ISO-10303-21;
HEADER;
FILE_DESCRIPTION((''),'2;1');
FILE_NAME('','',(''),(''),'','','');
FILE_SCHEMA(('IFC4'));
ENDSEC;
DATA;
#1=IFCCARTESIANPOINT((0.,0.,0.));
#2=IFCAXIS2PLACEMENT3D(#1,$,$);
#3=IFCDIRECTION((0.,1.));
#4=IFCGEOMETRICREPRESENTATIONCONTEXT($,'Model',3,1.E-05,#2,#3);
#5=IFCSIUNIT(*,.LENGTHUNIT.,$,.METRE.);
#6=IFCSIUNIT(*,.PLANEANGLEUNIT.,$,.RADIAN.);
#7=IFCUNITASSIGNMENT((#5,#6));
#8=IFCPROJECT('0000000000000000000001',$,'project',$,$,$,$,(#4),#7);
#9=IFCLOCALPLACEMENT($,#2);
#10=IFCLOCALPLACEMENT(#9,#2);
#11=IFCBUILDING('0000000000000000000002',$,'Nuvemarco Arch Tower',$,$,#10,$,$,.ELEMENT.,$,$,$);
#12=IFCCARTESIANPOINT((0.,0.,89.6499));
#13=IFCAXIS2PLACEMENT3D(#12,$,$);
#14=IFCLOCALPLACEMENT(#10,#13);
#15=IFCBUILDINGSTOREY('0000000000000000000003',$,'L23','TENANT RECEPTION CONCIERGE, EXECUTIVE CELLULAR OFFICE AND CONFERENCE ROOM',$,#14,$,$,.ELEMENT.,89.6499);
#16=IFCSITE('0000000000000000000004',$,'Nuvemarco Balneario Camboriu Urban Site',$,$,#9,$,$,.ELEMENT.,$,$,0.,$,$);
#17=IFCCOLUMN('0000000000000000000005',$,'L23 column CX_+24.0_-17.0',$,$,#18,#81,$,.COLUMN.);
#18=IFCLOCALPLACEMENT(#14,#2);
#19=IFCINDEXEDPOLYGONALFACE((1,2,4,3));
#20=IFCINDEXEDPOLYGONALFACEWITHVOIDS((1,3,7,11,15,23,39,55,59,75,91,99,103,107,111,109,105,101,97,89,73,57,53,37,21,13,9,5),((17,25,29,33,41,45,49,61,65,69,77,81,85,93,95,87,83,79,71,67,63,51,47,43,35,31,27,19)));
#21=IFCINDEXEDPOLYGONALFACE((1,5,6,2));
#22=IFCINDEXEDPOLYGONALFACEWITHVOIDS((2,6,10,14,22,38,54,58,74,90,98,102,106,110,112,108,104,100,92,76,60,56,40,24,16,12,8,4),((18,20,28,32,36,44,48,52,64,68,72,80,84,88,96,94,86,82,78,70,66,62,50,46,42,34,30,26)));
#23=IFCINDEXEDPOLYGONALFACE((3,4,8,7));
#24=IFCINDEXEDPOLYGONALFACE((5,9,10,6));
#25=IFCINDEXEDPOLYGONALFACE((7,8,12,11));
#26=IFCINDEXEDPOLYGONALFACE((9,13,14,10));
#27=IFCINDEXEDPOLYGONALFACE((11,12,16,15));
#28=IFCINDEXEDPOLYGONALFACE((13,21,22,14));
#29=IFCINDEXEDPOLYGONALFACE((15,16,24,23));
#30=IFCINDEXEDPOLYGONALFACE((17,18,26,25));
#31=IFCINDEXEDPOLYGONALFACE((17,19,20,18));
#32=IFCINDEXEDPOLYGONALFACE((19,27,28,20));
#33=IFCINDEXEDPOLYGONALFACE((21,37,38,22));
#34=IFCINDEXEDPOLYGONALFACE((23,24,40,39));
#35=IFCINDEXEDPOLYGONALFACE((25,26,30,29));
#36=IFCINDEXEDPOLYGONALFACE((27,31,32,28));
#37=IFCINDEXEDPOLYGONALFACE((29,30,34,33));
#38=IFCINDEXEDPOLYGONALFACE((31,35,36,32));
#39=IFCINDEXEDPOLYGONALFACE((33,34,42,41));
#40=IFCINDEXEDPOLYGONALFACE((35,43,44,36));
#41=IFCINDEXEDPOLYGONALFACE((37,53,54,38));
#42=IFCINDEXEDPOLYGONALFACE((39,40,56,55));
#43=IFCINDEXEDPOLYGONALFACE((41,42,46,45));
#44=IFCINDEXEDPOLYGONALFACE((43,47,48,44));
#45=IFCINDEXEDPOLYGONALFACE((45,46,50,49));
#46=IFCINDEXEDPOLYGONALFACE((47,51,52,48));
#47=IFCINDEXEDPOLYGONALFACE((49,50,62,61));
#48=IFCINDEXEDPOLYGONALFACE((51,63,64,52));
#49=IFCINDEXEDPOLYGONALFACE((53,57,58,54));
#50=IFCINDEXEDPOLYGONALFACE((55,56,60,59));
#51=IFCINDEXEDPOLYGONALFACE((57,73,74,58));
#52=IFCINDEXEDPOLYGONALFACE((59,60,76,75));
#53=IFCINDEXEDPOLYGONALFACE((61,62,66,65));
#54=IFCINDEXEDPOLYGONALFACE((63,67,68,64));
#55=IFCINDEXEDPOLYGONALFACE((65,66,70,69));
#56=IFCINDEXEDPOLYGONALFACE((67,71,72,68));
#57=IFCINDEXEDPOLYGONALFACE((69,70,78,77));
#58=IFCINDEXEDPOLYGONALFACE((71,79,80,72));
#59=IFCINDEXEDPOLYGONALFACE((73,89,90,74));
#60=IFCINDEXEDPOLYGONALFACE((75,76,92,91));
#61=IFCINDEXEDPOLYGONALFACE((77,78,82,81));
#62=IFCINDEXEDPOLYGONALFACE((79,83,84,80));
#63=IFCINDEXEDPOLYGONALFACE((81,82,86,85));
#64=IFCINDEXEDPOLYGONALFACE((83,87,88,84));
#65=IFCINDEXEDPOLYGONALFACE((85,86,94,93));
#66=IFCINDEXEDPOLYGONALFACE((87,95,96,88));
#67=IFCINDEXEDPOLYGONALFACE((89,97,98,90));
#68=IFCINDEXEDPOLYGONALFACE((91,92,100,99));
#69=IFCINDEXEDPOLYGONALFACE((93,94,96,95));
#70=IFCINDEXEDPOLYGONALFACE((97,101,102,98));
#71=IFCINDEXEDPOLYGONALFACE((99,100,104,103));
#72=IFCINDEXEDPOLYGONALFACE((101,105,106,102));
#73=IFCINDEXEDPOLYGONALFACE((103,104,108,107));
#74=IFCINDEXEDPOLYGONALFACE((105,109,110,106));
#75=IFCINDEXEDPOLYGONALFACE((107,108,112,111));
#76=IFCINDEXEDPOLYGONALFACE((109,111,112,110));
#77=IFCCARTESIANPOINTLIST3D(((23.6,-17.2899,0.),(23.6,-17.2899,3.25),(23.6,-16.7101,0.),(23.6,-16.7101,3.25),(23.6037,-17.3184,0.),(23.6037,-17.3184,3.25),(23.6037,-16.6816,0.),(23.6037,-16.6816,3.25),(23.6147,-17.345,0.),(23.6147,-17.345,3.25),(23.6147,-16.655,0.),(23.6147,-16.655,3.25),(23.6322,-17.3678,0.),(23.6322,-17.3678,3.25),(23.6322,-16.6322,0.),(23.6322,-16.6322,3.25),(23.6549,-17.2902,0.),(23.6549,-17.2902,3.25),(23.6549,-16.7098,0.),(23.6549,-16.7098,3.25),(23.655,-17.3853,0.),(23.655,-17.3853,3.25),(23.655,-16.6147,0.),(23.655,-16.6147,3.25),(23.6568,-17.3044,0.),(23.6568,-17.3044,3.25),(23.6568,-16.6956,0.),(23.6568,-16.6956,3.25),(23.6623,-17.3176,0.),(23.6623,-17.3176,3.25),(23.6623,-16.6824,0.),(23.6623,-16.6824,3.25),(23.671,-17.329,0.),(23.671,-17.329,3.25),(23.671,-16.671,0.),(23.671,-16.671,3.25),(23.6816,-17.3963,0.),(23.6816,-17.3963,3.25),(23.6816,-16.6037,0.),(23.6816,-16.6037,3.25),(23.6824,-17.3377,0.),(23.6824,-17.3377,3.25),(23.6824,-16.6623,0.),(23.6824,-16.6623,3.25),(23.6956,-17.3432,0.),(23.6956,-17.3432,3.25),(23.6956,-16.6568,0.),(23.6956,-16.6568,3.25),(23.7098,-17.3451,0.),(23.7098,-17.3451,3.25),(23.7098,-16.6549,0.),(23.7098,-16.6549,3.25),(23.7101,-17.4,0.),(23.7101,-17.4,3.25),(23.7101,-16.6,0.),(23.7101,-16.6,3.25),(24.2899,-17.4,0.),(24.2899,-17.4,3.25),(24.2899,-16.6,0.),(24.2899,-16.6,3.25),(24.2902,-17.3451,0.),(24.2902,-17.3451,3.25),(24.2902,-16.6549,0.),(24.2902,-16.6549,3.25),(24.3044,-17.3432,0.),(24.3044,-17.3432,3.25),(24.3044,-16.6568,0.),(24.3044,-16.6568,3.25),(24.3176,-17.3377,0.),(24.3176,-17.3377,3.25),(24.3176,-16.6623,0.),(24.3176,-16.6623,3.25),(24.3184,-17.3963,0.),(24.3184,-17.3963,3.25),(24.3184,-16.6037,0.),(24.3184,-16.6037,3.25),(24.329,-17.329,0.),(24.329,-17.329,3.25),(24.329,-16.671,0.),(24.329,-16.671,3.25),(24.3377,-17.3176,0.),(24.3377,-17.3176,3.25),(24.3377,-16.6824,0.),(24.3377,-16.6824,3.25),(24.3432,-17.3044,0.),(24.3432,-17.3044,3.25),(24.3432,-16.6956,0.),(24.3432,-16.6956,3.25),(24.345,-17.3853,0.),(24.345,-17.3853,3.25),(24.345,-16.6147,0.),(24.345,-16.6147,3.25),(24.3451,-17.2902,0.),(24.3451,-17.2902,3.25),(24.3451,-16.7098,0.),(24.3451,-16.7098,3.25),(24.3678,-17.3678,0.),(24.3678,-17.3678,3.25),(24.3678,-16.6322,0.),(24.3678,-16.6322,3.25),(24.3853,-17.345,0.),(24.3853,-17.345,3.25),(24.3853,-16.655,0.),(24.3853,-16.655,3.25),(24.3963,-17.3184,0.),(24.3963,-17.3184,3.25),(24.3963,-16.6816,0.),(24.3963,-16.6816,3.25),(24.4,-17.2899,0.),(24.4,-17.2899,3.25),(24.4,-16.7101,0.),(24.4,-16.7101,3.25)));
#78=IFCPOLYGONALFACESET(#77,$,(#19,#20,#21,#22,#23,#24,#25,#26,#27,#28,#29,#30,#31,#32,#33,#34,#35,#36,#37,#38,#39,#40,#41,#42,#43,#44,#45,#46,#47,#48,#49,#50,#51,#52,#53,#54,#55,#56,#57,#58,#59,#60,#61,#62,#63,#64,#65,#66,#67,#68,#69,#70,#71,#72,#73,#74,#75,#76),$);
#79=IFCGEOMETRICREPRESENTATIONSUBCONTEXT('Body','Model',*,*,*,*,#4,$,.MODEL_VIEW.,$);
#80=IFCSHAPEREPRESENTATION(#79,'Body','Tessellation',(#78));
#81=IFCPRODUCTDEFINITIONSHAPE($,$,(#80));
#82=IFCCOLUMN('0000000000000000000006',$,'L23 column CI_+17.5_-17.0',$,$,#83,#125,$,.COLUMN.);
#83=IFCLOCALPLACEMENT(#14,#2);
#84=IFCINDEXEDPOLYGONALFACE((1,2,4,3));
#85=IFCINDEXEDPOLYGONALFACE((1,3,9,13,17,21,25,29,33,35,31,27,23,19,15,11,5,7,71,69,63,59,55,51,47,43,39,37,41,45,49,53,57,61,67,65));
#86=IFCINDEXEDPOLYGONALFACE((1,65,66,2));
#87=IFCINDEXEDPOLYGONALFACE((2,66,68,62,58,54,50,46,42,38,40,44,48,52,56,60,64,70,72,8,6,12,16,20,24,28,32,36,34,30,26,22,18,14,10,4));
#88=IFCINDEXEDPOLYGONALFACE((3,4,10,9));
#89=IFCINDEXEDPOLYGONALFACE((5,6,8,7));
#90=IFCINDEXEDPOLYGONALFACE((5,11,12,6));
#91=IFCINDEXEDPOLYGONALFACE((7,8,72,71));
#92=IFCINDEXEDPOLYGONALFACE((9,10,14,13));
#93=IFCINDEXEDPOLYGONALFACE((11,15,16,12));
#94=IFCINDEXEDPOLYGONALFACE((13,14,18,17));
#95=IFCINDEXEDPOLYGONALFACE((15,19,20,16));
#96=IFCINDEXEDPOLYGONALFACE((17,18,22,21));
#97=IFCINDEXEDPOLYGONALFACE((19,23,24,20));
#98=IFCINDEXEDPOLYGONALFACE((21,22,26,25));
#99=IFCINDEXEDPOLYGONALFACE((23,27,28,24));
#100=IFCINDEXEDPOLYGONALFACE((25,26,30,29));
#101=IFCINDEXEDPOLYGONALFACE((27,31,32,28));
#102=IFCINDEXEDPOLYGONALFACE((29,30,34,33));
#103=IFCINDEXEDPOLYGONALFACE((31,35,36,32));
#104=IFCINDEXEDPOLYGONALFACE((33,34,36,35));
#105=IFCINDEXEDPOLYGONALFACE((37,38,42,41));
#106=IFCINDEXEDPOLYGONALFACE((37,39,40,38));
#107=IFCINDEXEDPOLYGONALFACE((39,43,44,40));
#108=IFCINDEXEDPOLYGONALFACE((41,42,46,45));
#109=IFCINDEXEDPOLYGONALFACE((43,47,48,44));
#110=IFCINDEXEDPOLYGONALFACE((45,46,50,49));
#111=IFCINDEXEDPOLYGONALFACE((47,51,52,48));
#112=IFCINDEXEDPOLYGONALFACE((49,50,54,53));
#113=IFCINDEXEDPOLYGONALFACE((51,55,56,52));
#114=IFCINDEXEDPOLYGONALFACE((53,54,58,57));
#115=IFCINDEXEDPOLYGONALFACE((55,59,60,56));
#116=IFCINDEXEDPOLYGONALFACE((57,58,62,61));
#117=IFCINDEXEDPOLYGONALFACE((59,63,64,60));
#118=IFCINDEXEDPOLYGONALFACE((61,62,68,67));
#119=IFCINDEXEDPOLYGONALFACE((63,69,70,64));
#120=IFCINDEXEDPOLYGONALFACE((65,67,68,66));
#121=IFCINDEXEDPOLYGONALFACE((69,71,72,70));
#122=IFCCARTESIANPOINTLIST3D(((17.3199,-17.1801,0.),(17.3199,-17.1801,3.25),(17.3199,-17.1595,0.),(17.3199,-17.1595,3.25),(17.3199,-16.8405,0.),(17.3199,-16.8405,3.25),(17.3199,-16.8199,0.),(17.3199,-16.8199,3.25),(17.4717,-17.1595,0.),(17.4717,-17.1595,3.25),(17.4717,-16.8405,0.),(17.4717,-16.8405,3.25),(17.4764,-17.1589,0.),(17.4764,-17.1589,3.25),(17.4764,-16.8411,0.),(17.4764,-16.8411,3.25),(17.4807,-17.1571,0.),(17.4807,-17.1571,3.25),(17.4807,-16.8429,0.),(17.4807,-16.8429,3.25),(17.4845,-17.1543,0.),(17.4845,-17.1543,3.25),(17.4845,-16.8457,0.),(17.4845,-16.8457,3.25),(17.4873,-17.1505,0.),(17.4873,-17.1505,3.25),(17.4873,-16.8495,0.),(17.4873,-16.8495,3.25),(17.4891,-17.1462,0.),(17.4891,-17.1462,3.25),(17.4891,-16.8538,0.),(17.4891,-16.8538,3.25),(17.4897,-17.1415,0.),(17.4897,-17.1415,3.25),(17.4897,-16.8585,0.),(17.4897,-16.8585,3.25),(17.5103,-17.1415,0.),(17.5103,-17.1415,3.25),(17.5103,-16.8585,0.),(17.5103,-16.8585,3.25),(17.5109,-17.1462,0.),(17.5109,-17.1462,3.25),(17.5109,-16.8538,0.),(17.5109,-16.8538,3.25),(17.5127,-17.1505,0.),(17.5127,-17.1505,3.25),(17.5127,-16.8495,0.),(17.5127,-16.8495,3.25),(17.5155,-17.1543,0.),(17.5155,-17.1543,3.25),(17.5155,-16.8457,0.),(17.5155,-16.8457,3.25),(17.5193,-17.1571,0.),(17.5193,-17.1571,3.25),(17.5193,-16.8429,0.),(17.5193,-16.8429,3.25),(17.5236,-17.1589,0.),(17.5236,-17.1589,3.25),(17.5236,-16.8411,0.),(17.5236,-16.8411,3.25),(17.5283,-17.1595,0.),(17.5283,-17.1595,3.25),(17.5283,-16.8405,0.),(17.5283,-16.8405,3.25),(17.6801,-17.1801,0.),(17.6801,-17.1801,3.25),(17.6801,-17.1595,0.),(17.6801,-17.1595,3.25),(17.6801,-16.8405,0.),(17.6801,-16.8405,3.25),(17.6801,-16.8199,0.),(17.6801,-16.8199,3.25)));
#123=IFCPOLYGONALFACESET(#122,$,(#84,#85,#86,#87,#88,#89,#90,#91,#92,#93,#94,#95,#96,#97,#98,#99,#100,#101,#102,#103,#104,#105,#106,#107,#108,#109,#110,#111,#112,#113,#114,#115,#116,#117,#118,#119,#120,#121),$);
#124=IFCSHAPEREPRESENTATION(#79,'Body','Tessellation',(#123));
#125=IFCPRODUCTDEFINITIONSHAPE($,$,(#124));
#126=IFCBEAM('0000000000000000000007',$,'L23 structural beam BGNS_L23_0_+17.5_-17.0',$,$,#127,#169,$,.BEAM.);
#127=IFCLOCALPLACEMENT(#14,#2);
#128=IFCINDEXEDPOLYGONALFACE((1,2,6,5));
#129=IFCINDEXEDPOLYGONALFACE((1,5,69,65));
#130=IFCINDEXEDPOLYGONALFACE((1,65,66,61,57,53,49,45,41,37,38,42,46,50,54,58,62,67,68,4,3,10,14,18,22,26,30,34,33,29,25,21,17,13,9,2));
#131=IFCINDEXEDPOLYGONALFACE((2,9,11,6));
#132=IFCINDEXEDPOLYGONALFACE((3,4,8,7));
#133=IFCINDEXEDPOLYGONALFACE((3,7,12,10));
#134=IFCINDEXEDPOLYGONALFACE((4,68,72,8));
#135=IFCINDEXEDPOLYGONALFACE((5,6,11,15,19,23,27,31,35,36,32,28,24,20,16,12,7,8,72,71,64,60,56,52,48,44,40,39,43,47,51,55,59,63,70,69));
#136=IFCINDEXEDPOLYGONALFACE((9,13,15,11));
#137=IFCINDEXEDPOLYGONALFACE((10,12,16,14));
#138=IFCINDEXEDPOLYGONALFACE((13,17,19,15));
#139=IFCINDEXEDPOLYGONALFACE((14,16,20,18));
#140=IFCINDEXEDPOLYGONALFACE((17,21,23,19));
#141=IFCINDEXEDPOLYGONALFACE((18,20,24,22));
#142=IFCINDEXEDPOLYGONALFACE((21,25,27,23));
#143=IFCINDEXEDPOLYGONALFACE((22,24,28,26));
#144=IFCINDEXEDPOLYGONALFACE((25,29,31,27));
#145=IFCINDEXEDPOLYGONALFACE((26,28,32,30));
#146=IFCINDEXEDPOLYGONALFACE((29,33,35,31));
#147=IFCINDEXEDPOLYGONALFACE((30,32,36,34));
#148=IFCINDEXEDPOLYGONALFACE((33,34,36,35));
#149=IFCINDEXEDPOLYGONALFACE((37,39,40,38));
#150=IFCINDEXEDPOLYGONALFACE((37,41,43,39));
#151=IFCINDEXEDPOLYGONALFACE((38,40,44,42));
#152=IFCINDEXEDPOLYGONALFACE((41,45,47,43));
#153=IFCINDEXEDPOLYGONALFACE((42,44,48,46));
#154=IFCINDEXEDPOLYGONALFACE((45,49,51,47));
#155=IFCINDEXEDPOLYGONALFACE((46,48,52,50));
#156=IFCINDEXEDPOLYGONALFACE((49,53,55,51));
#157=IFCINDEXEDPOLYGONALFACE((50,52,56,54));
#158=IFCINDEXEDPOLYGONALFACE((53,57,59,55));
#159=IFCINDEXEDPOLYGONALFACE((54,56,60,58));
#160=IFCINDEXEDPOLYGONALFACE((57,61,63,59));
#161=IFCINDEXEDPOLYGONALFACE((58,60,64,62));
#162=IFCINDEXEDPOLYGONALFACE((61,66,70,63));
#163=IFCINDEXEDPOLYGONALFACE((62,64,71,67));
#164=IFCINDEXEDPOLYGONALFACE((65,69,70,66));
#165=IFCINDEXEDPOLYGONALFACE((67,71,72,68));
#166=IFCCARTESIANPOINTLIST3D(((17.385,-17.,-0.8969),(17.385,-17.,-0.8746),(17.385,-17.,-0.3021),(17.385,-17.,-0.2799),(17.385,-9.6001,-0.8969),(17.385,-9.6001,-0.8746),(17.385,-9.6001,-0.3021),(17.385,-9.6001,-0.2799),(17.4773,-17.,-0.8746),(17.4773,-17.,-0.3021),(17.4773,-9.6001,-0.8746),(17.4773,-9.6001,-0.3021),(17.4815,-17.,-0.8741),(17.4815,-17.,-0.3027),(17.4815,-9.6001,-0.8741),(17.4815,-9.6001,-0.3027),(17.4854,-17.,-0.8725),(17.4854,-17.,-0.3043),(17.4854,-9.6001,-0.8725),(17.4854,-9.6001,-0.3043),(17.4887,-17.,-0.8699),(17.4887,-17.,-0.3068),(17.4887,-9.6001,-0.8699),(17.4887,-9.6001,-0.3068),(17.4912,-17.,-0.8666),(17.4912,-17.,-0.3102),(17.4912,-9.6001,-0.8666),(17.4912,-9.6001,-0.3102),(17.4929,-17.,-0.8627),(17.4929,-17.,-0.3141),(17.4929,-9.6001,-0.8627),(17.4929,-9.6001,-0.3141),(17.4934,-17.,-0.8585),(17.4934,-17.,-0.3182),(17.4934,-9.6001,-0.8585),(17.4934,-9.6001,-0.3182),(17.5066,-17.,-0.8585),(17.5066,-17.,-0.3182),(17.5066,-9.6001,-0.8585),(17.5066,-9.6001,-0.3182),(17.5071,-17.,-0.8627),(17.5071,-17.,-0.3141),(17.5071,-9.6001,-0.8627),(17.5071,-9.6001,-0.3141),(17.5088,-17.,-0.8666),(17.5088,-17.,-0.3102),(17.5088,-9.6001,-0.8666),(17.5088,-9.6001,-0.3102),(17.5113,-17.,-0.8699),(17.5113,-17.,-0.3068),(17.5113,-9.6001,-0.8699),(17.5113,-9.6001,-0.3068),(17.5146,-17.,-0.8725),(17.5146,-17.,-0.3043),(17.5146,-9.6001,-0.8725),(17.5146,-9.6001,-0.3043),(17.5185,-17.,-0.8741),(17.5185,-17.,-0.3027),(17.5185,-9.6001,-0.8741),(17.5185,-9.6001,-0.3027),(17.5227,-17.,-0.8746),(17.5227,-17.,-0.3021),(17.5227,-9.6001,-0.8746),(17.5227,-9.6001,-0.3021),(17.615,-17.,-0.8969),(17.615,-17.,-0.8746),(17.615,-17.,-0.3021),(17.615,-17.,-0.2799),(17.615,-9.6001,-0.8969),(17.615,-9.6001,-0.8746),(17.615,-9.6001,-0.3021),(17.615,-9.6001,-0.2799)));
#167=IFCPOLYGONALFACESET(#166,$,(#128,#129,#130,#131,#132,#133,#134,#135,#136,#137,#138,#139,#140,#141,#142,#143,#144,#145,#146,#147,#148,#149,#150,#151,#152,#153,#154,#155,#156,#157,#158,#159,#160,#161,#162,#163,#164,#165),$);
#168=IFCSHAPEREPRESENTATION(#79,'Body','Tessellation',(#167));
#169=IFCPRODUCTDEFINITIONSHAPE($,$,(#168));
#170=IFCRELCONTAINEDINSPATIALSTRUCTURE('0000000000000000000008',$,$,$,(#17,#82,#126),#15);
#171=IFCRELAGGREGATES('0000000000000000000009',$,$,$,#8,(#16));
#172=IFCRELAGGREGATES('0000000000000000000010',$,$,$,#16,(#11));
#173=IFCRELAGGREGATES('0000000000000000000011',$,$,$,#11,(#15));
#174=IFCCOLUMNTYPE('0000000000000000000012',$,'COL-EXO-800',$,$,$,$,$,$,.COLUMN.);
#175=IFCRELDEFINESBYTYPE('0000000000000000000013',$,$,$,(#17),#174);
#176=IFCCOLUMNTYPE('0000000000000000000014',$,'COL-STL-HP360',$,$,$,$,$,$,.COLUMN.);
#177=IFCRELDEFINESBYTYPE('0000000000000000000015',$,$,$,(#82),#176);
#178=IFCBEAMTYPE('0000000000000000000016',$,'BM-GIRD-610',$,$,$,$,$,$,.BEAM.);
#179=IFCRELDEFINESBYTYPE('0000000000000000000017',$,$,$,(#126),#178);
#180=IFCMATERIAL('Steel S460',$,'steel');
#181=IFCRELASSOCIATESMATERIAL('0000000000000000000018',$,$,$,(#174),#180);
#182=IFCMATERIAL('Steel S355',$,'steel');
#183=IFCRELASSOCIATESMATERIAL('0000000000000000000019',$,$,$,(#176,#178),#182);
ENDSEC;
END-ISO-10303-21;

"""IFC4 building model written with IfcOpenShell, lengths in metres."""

from ifc_helpers import new_model, si_unit, direction, frame, origin, origin_2d, place, context, subcontext, project, spatial, hollow_rectangle, i_section, extrude, material, material_profile, profile_set, type_object, element, save


model = new_model("IFC4")

# Units and contexts
model_context = context("Model", 3, precision=1e-05, world=origin(), true_north=direction((0.0, 1.0)))
body_context = subcontext(model_context, "Body", "Model", "MODEL_VIEW")
ifc_project = project(units=[si_unit("LENGTHUNIT", "METRE"), si_unit("PLANEANGLEUNIT", "RADIAN")], contexts=[model_context])

# Site, building, storey
site_placement = place(None, origin())
site = spatial("IfcSite", under=ifc_project, at=site_placement, Name="Nuvemarco Balneario Camboriu Urban Site", CompositionType="ELEMENT", RefElevation=0.0)
building_placement = place(site_placement, origin())
building = spatial("IfcBuilding", under=site, at=building_placement, Name="Nuvemarco Arch Tower", CompositionType="ELEMENT")
storey_placement = place(building_placement, frame((0.0, 0.0, 89.6499)))
storey = spatial("IfcBuildingStorey", under=building, at=storey_placement, Name="L23", Description="TENANT RECEPTION CONCIERGE, EXECUTIVE CELLULAR OFFICE AND CONFERENCE ROOM", CompositionType="ELEMENT", Elevation=89.6499)

# Columns
ifc_material_1 = material(Name="Steel S460", Category="steel")
ifc_material_profile_1 = material_profile(ifc_material_1, hollow_rectangle(XDim=0.8, YDim=0.8, WallThickness=0.0549, InnerFilletRadius=0.0549, OuterFilletRadius=0.1101, at=origin_2d()), Name="SHS800x800x55")
ifc_profile_set_1 = profile_set([ifc_material_profile_1], Name="Steel S460")
column_type_1 = type_object("IfcColumnType", Name="COL-EXO-800", PredefinedType="COLUMN", material=ifc_profile_set_1)
column_1_placement = place(storey_placement, frame((24.0, -17.0, 0.0), z_axis=(0.0, 0.0, 1.0), x_axis=(1.0, 0.0, 0.0)))
element("IfcColumn", 1, at=column_1_placement, inside=storey, type_object=column_type_1, Name="L23 column CX_+24.0_-17.0", PredefinedType="COLUMN", context=body_context, shape_type="SweptSolid", body=[
    extrude(hollow_rectangle(XDim=0.8, YDim=0.8, WallThickness=0.0549, InnerFilletRadius=0.0549, OuterFilletRadius=0.1101, at=origin_2d()), origin(), (0.0, 0.0, 1.0), 3.25),
])
ifc_material_2 = material(Name="Steel S355", Category="steel")
ifc_material_profile_2 = material_profile(ifc_material_2, i_section(OverallWidth=0.3601, OverallDepth=0.3601, WebThickness=0.0205, FlangeThickness=0.0205, FilletRadius=0.0181, at=origin_2d()), Name="HP360x174")
ifc_profile_set_2 = profile_set([ifc_material_profile_2], Name="Steel S355")
column_type_2 = type_object("IfcColumnType", Name="COL-STL-HP360", PredefinedType="COLUMN", material=ifc_profile_set_2)
column_2_placement = place(storey_placement, frame((17.5, -17.0, 0.0), z_axis=(0.0, 0.0, 1.0), x_axis=(1.0, 0.0, 0.0)))
element("IfcColumn", 2, at=column_2_placement, inside=storey, type_object=column_type_2, Name="L23 column CI_+17.5_-17.0", PredefinedType="COLUMN", context=body_context, shape_type="SweptSolid", body=[
    extrude(i_section(OverallWidth=0.3601, OverallDepth=0.3601, WebThickness=0.0205, FlangeThickness=0.0205, FilletRadius=0.0181, at=origin_2d()), origin(), (0.0, 0.0, 1.0), 3.25),
])

# Beam
ifc_material_profile_3 = material_profile(ifc_material_2, i_section(OverallWidth=0.23, OverallDepth=0.6169, WebThickness=0.0132, FlangeThickness=0.0222, FilletRadius=0.0161, at=origin_2d()), Name="W610x140")
ifc_profile_set_3 = profile_set([ifc_material_profile_3], Name="Steel S355")
beam_type_1 = type_object("IfcBeamType", Name="BM-GIRD-610", PredefinedType="BEAM", material=ifc_profile_set_3)
beam_1_placement = place(storey_placement, frame((17.5, -17.0, -0.5884), z_axis=(0.0, 1.0, 0.0), x_axis=(-1.0, 0.0, 0.0)))
element("IfcBeam", 3, at=beam_1_placement, inside=storey, type_object=beam_type_1, Name="L23 structural beam BGNS_L23_0_+17.5_-17.0", PredefinedType="BEAM", context=body_context, shape_type="SweptSolid", body=[
    extrude(i_section(OverallWidth=0.23, OverallDepth=0.6169, WebThickness=0.0132, FlangeThickness=0.0222, FilletRadius=0.0161, at=origin_2d()), origin(), (0.0, 0.0, 1.0), 7.3999),
])

save(model, "model.ifc")
